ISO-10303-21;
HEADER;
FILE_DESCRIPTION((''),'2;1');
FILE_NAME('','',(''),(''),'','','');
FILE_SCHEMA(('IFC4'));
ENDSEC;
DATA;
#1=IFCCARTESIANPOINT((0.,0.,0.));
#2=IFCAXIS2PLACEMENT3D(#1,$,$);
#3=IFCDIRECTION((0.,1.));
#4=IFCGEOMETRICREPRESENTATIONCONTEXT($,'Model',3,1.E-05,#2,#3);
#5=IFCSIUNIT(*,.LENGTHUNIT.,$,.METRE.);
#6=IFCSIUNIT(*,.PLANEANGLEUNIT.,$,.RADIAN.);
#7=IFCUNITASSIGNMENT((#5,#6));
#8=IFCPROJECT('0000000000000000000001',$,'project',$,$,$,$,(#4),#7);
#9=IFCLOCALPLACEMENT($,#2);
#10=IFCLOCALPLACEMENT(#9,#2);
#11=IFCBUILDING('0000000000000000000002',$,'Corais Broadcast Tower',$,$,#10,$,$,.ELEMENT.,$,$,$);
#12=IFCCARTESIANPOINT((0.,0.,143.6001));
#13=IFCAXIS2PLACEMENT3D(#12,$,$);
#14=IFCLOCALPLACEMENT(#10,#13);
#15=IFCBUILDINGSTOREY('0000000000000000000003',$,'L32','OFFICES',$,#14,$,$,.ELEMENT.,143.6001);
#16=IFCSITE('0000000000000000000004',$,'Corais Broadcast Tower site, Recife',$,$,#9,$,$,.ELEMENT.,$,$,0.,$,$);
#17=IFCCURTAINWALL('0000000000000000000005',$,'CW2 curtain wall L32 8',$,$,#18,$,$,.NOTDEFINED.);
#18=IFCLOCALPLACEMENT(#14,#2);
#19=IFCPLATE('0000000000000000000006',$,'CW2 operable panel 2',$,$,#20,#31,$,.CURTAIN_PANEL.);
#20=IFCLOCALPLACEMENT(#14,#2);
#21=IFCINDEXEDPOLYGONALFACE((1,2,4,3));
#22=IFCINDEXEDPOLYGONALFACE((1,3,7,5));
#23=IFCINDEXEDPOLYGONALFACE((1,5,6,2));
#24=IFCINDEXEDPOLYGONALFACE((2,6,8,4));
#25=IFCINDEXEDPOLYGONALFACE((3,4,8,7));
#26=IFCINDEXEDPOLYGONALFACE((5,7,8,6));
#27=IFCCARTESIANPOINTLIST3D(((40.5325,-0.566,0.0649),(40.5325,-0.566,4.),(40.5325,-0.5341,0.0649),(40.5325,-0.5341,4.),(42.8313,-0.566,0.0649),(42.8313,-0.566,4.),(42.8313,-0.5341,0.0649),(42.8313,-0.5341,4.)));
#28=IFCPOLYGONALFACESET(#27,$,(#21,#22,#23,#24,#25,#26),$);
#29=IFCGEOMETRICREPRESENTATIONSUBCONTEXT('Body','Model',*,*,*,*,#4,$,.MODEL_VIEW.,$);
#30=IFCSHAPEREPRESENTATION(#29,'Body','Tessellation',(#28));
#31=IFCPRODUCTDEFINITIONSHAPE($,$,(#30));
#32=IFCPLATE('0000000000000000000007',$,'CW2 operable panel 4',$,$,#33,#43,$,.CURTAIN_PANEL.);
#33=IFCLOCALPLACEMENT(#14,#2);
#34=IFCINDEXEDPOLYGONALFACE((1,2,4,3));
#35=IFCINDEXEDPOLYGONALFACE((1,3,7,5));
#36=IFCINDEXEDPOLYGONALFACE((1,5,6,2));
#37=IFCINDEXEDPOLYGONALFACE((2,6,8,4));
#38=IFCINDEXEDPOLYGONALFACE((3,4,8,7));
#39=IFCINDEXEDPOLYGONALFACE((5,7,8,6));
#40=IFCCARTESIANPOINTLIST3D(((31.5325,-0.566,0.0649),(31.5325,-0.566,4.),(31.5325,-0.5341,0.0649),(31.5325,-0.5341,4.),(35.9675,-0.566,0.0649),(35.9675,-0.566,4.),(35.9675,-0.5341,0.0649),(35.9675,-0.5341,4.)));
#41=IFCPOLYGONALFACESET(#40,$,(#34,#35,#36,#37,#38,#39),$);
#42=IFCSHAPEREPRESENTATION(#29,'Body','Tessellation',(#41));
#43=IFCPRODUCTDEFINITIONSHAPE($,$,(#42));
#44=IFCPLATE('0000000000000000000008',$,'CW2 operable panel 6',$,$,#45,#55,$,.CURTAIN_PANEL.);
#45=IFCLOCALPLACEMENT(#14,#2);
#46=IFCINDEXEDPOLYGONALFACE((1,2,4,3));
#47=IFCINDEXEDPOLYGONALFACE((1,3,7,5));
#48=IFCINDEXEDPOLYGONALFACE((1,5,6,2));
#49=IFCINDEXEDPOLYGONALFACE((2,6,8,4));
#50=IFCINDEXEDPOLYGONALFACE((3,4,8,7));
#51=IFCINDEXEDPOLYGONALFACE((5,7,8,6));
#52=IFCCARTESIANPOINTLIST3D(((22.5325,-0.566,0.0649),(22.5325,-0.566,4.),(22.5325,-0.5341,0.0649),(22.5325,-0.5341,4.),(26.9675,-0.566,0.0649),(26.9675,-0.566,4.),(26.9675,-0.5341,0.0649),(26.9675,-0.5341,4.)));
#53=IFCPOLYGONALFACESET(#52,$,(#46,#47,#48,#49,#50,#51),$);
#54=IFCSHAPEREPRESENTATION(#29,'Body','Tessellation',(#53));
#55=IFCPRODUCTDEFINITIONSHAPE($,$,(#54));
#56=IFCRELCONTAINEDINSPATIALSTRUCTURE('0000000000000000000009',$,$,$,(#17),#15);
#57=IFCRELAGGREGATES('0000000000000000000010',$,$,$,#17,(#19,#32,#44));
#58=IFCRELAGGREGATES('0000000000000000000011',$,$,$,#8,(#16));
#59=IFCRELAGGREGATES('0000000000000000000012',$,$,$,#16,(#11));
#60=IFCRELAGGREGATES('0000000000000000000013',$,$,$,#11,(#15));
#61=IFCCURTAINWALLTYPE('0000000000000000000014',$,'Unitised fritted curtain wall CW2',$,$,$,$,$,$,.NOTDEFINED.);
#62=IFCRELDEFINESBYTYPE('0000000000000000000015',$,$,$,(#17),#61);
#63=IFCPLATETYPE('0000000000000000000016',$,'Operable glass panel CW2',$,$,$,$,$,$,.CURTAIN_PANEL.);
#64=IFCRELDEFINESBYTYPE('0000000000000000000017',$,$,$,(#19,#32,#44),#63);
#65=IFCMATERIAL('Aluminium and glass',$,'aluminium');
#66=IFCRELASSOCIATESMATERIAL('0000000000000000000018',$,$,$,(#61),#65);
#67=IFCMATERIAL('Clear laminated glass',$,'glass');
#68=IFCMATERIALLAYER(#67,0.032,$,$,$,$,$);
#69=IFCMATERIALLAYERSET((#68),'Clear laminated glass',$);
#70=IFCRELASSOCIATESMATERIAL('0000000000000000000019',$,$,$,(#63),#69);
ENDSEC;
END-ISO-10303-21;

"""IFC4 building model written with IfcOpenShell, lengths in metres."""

from ifc_helpers import new_model, si_unit, direction, frame, origin, origin_2d, place, context, subcontext, project, spatial, rectangle, extrude, material, layer, layer_set, type_object, element, aggregate, save


model = new_model("IFC4")

# Units and contexts
model_context = context("Model", 3, precision=1e-05, world=origin(), true_north=direction((0.0, 1.0)))
body_context = subcontext(model_context, "Body", "Model", "MODEL_VIEW")
ifc_project = project(units=[si_unit("LENGTHUNIT", "METRE"), si_unit("PLANEANGLEUNIT", "RADIAN")], contexts=[model_context])

# Site, building, storey
site_placement = place(None, origin())
site = spatial("IfcSite", under=ifc_project, at=site_placement, Name="Corais Broadcast Tower site, Recife", CompositionType="ELEMENT", RefElevation=0.0)
building_placement = place(site_placement, origin())
building = spatial("IfcBuilding", under=site, at=building_placement, Name="Corais Broadcast Tower", CompositionType="ELEMENT")
storey_placement = place(building_placement, frame((0.0, 0.0, 143.6001)))
storey = spatial("IfcBuildingStorey", under=building, at=storey_placement, Name="L32", Description="OFFICES", CompositionType="ELEMENT", Elevation=143.6001)

# Curtain wall
ifc_material_1 = material(Name="Aluminium and glass", Category="aluminium")
curtain_wall_type = type_object("IfcCurtainWallType", Name="Unitised fritted curtain wall CW2", PredefinedType="NOTDEFINED", material=ifc_material_1)
curtain_wall_placement = place(storey_placement, origin())
curtain_wall = element("IfcCurtainWall", 1, at=curtain_wall_placement, inside=storey, type_object=curtain_wall_type, Name="CW2 curtain wall L32 8", PredefinedType="NOTDEFINED")

# Plates
ifc_material_2 = material(Name="Clear laminated glass", Category="glass")
ifc_layer_1 = layer(ifc_material_2, 0.032)
ifc_layer_set_1 = layer_set([ifc_layer_1], Name="Clear laminated glass")
plate_type_1 = type_object("IfcPlateType", Name="Operable glass panel CW2", PredefinedType="CURTAIN_PANEL", material=ifc_layer_set_1)
plate_1_placement = place(storey_placement, frame((41.6819, -0.55, 0.0649), z_axis=(0.0, 0.0, 1.0), x_axis=(-1.0, 0.0, 0.0)))
plate_1 = element("IfcPlate", 2, at=plate_1_placement, type_object=plate_type_1, Name="CW2 operable panel 2", PredefinedType="CURTAIN_PANEL", context=body_context, shape_type="SweptSolid", body=[
    extrude(rectangle(XDim=2.2988, YDim=0.032, at=origin_2d()), origin(), (0.0, 0.0, 1.0), 3.9351),
])
plate_2_placement = place(storey_placement, frame((33.75, -0.55, 0.0649), z_axis=(0.0, 0.0, 1.0), x_axis=(-1.0, 0.0, 0.0)))
plate_2 = element("IfcPlate", 3, at=plate_2_placement, type_object=plate_type_1, Name="CW2 operable panel 4", PredefinedType="CURTAIN_PANEL", context=body_context, shape_type="SweptSolid", body=[
    extrude(rectangle(XDim=4.4351, YDim=0.032, at=origin_2d()), origin(), (0.0, 0.0, 1.0), 3.9351),
])
plate_3_placement = place(storey_placement, frame((24.75, -0.55, 0.0649), z_axis=(0.0, 0.0, 1.0), x_axis=(-1.0, 0.0, 0.0)))
plate_3 = element("IfcPlate", 4, at=plate_3_placement, type_object=plate_type_1, Name="CW2 operable panel 6", PredefinedType="CURTAIN_PANEL", context=body_context, shape_type="SweptSolid", body=[
    extrude(rectangle(XDim=4.4351, YDim=0.032, at=origin_2d()), origin(), (0.0, 0.0, 1.0), 3.9351),
])
aggregate(curtain_wall, [plate_1, plate_2, plate_3])

save(model, "model.ifc")
